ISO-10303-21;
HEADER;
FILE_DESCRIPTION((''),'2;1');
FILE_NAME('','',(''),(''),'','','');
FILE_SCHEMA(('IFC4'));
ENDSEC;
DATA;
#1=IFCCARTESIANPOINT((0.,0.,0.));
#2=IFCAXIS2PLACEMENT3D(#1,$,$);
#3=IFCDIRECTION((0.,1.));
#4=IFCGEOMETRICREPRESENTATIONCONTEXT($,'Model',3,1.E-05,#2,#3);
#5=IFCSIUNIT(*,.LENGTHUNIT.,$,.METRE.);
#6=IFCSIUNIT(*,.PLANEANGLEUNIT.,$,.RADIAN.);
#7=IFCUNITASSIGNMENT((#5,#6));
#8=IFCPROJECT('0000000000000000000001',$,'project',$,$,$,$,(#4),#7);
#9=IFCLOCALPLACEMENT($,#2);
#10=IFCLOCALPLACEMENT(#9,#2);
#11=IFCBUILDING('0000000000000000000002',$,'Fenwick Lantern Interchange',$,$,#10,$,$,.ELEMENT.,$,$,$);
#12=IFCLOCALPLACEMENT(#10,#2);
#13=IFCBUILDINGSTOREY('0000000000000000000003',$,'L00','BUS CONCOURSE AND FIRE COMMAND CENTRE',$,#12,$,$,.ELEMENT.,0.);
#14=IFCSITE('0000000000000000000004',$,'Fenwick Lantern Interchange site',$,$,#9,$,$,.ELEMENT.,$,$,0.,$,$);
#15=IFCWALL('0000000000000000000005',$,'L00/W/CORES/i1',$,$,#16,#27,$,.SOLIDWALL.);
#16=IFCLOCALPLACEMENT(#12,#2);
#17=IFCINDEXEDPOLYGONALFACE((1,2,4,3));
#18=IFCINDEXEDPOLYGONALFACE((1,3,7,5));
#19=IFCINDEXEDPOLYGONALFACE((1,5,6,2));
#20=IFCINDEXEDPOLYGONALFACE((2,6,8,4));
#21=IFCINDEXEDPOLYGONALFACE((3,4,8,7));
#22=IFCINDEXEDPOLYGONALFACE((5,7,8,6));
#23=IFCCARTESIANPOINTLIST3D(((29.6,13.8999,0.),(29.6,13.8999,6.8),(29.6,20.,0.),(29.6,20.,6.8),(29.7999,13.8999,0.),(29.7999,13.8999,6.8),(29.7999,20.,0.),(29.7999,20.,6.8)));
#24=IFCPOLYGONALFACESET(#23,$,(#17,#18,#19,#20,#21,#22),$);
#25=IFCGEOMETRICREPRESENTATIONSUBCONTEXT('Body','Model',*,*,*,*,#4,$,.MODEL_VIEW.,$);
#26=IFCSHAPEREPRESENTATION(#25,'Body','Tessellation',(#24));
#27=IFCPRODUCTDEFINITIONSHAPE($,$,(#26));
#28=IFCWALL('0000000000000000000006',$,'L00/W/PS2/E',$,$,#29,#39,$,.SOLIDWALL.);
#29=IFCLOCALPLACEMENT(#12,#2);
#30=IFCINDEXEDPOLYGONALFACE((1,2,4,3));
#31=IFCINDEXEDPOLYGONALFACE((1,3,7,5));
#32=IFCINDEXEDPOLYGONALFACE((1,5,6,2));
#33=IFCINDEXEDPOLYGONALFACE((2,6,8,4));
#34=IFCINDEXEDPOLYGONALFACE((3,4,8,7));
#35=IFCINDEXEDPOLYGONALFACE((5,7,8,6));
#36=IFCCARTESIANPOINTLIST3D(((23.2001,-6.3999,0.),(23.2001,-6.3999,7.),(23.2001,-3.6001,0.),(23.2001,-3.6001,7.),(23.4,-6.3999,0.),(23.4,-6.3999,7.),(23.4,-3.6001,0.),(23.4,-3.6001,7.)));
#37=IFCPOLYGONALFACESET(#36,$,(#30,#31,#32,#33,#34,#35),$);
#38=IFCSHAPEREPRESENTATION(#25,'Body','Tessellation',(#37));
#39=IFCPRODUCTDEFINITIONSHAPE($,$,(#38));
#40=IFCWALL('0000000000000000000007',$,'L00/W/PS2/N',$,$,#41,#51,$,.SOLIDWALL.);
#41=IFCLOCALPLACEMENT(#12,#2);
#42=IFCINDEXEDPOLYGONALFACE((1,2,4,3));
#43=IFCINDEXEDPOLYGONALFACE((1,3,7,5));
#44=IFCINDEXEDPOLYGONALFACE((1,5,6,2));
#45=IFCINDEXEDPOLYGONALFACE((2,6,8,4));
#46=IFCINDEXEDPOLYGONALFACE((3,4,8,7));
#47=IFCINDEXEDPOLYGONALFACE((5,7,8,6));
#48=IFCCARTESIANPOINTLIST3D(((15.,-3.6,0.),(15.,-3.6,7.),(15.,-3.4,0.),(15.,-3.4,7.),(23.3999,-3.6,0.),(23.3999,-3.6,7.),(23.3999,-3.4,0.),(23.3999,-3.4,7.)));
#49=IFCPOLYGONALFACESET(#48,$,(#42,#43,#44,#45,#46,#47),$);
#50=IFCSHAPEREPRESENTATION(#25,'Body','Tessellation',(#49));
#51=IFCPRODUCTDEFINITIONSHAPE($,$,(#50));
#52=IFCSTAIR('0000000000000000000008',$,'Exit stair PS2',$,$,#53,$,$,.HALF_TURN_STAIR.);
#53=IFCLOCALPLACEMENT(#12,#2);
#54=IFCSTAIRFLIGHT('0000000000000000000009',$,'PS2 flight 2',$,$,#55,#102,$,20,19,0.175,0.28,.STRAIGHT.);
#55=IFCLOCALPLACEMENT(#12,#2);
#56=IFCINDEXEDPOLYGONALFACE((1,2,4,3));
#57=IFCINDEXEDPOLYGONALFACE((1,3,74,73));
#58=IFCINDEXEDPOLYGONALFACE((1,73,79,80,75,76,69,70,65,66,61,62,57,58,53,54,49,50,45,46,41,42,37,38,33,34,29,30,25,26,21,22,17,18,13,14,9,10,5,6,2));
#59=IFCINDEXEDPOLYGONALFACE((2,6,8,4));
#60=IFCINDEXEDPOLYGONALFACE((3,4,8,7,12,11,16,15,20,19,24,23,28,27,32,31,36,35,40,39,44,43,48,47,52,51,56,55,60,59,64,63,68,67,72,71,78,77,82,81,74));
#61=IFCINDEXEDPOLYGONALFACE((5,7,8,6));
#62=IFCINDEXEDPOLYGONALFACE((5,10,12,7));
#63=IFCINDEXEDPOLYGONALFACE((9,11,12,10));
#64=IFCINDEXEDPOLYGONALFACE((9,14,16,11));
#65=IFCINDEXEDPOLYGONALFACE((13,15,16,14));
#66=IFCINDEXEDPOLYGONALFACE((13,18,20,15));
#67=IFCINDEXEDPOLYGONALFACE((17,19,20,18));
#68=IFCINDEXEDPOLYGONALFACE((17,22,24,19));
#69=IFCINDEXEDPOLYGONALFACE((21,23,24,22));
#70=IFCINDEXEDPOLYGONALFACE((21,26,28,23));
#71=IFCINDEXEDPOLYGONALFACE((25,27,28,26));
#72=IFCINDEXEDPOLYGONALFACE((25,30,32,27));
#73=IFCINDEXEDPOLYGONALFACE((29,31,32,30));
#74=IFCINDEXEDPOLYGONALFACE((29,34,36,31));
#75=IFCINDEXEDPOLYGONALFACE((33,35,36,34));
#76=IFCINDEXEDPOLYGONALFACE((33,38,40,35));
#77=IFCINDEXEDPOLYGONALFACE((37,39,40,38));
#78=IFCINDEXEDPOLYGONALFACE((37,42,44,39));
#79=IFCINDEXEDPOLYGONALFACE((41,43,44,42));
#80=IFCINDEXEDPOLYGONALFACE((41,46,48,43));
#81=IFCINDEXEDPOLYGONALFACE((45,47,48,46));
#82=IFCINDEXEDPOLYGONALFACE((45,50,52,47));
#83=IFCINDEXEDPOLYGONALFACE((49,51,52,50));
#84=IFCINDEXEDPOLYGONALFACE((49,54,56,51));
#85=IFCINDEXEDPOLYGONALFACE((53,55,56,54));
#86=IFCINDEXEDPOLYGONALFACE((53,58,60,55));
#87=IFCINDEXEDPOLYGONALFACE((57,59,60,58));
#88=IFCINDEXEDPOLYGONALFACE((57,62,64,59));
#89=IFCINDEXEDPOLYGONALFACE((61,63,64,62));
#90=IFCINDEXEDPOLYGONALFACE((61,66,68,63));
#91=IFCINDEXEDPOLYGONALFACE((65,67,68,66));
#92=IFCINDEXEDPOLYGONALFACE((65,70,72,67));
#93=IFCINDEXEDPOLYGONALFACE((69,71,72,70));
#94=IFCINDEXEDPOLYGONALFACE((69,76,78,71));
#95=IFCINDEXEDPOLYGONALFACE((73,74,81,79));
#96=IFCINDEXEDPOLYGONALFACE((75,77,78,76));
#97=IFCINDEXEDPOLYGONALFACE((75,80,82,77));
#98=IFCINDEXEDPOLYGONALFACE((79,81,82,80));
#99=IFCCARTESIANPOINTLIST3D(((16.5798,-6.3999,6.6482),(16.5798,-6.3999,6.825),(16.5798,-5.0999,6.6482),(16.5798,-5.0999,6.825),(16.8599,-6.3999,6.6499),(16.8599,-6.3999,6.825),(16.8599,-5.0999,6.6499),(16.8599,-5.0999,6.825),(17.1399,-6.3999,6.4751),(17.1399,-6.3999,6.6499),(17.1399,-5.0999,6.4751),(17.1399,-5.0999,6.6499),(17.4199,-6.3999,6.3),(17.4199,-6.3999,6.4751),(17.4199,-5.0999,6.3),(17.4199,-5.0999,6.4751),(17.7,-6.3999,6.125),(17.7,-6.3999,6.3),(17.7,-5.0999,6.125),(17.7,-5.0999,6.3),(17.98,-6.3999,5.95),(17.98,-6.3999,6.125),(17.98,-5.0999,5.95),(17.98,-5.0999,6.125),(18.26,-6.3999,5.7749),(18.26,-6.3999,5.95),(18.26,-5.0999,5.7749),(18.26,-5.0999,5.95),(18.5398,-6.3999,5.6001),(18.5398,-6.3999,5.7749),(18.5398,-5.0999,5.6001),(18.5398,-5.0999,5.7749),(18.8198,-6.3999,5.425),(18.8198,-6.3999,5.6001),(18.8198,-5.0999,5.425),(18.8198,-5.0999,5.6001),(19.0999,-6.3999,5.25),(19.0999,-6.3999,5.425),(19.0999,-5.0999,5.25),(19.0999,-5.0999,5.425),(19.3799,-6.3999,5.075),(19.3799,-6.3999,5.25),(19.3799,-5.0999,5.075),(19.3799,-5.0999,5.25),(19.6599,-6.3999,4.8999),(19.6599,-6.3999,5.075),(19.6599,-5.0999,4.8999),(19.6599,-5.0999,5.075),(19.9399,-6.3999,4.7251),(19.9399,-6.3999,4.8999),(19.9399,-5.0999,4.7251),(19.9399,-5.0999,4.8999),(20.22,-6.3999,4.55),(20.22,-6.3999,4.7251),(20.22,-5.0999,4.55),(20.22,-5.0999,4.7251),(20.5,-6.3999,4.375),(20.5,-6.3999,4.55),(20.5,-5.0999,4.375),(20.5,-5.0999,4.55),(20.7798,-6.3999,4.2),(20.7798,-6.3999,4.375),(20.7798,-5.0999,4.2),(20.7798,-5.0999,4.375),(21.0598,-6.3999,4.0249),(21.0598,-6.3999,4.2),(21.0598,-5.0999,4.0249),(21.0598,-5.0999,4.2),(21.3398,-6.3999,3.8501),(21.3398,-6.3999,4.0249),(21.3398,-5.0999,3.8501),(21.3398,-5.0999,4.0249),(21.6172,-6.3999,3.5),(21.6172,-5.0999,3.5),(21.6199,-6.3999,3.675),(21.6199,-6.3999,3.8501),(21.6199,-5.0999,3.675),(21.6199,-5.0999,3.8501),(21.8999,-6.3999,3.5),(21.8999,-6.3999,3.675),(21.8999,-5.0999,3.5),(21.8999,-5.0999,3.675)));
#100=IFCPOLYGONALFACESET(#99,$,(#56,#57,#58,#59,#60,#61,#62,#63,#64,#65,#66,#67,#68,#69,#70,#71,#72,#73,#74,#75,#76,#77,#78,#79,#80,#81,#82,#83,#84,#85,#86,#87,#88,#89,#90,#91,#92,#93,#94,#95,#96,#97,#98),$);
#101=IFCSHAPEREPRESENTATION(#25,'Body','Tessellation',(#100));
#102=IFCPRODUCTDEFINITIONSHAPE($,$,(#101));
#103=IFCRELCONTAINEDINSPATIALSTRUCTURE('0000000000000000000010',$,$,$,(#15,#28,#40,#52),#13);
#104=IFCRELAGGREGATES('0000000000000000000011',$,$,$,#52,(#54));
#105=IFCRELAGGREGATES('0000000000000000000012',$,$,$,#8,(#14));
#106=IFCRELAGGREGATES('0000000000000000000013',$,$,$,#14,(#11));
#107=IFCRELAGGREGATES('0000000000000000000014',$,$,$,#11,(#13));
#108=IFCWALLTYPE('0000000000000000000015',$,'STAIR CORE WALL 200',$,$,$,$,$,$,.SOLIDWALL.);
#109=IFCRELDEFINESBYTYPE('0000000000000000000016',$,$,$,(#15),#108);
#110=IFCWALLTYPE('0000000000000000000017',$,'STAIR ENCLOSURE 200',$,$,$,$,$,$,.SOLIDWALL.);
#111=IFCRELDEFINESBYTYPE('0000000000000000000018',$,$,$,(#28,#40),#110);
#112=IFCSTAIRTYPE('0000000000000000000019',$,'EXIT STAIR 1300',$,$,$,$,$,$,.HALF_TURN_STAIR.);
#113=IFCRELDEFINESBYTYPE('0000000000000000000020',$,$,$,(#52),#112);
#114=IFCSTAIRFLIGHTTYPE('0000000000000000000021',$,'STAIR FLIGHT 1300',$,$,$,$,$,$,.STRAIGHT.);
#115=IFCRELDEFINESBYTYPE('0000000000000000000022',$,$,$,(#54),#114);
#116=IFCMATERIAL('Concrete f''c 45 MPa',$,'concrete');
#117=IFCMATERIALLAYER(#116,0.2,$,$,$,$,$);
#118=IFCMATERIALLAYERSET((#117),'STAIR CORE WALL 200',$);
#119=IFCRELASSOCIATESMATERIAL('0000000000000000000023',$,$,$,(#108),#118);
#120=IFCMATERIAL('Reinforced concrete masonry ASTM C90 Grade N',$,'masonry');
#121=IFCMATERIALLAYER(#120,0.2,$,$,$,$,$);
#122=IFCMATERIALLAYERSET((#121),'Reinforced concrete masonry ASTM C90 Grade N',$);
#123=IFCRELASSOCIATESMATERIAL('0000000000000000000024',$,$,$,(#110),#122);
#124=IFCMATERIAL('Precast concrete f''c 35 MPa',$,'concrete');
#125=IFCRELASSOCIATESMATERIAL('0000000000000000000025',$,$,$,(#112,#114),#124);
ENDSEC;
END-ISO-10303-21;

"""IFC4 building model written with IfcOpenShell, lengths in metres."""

from ifc_helpers import new_model, si_unit, direction, frame, frame_2d, origin, place, context, subcontext, project, spatial, polyline, rectangle, outline, extrude, material, layer, layer_set, type_object, element, aggregate, save


model = new_model("IFC4")

# Units and contexts
model_context = context("Model", 3, precision=1e-05, world=origin(), true_north=direction((0.0, 1.0)))
body_context = subcontext(model_context, "Body", "Model", "MODEL_VIEW")
ifc_project = project(units=[si_unit("LENGTHUNIT", "METRE"), si_unit("PLANEANGLEUNIT", "RADIAN")], contexts=[model_context])

# Site, building, storey
site_placement = place(None, origin())
site = spatial("IfcSite", under=ifc_project, at=site_placement, Name="Fenwick Lantern Interchange site", CompositionType="ELEMENT", RefElevation=0.0)
building_placement = place(site_placement, origin())
building = spatial("IfcBuilding", under=site, at=building_placement, Name="Fenwick Lantern Interchange", CompositionType="ELEMENT")
storey_placement = place(building_placement, origin())
storey = spatial("IfcBuildingStorey", under=building, at=storey_placement, Name="L00", Description="BUS CONCOURSE AND FIRE COMMAND CENTRE", CompositionType="ELEMENT", Elevation=0.0)

# Walls
ifc_material_1 = material(Name="Concrete f'c 45 MPa", Category="concrete")
ifc_layer_1 = layer(ifc_material_1, 0.2)
ifc_layer_set_1 = layer_set([ifc_layer_1], Name="STAIR CORE WALL 200")
wall_type_1 = type_object("IfcWallType", Name="STAIR CORE WALL 200", PredefinedType="SOLIDWALL", material=ifc_layer_set_1)
wall_1_placement = place(storey_placement, frame((29.7, 13.8999, 0.0), z_axis=(0.0, 0.0, 1.0), x_axis=(0.0, 1.0, 0.0)))
element("IfcWall", 1, at=wall_1_placement, inside=storey, type_object=wall_type_1, Name="L00/W/CORES/i1", PredefinedType="SOLIDWALL", context=body_context, shape_type="SweptSolid", body=[
    extrude(rectangle(XDim=6.1001, YDim=0.2, at=frame_2d((3.05, 0.0))), origin(), (0.0, 0.0, 1.0), 6.8),
])
ifc_material_2 = material(Name="Reinforced concrete masonry ASTM C90 Grade N", Category="masonry")
ifc_layer_2 = layer(ifc_material_2, 0.2)
ifc_layer_set_2 = layer_set([ifc_layer_2], Name="Reinforced concrete masonry ASTM C90 Grade N")
wall_type_2 = type_object("IfcWallType", Name="STAIR ENCLOSURE 200", PredefinedType="SOLIDWALL", material=ifc_layer_set_2)
wall_2_placement = place(storey_placement, frame((23.3, -6.3999, 0.0), z_axis=(0.0, 0.0, 1.0), x_axis=(0.0, 1.0, 0.0)))
element("IfcWall", 2, at=wall_2_placement, inside=storey, type_object=wall_type_2, Name="L00/W/PS2/E", PredefinedType="SOLIDWALL", context=body_context, shape_type="SweptSolid", body=[
    extrude(rectangle(XDim=2.7998, YDim=0.2, at=frame_2d((1.3999, 0.0))), origin(), (0.0, 0.0, 1.0), 7.0),
])
wall_3_placement = place(storey_placement, frame((23.3999, -3.5, 0.0), z_axis=(0.0, 0.0, 1.0), x_axis=(-1.0, 0.0, 0.0)))
element("IfcWall", 3, at=wall_3_placement, inside=storey, type_object=wall_type_2, Name="L00/W/PS2/N", PredefinedType="SOLIDWALL", context=body_context, shape_type="SweptSolid", body=[
    extrude(rectangle(XDim=8.3999, YDim=0.2, at=frame_2d((4.2, 0.0))), origin(), (0.0, 0.0, 1.0), 7.0),
])

# Stair, stair flight
ifc_material_3 = material(Name="Precast concrete f'c 35 MPa", Category="concrete")
stair_type = type_object("IfcStairType", Name="EXIT STAIR 1300", PredefinedType="HALF_TURN_STAIR", material=ifc_material_3)
stair_placement = place(storey_placement, origin())
stair = element("IfcStair", 4, at=stair_placement, inside=storey, type_object=stair_type, Name="Exit stair PS2", PredefinedType="HALF_TURN_STAIR")
stair_flight_type = type_object("IfcStairFlightType", Name="STAIR FLIGHT 1300", PredefinedType="STRAIGHT", material=ifc_material_3)
stair_flight_placement = place(storey_placement, frame((21.8999, -5.75, 3.5), z_axis=(0.0, 0.0, 1.0), x_axis=(-1.0, 0.0, 0.0)))
stair_flight = element("IfcStairFlight", 5, at=stair_flight_placement, type_object=stair_flight_type, Name="PS2 flight 2", NumberOfRisers=20, NumberOfTreads=19, PredefinedType="STRAIGHT", RiserHeight=0.175, TreadLength=0.28, context=body_context, shape_type="SweptSolid", body=[
    extrude(outline(polyline([(0.0, 0.0), (0.0, 0.175), (0.28, 0.175), (0.28, 0.3501), (0.5601, 0.3501), (0.5601, 0.5249), (0.8401, 0.5249), (0.8401, 0.7), (1.1201, 0.7), (1.1201, 0.875), (1.3999, 0.875), (1.3999, 1.05), (1.6799, 1.05), (1.6799, 1.2251), (1.96, 1.2251), (1.96, 1.3999), (2.24, 1.3999), (2.24, 1.575), (2.52, 1.575), (2.52, 1.75), (2.8, 1.75), (2.8, 1.925), (3.0801, 1.925), (3.0801, 2.1001), (3.3601, 2.1001), (3.3601, 2.2749), (3.6399, 2.2749), (3.6399, 2.45), (3.9199, 2.45), (3.9199, 2.625), (4.2, 2.625), (4.2, 2.8), (4.48, 2.8), (4.48, 2.9751), (4.76, 2.9751), (4.76, 3.1499), (5.04, 3.1499), (5.04, 3.325), (5.3201, 3.325), (5.3201, 3.5), (5.3201, 3.1482), (0.2827, 0.0), (0.0, 0.0)])), frame((0.0, 0.6499, 0.0), z_axis=(0.0, -1.0, 0.0), x_axis=(1.0, 0.0, 0.0)), (0.0, 0.0, 1.0), 1.3),
])
aggregate(stair, [stair_flight])

save(model, "model.ifc")
